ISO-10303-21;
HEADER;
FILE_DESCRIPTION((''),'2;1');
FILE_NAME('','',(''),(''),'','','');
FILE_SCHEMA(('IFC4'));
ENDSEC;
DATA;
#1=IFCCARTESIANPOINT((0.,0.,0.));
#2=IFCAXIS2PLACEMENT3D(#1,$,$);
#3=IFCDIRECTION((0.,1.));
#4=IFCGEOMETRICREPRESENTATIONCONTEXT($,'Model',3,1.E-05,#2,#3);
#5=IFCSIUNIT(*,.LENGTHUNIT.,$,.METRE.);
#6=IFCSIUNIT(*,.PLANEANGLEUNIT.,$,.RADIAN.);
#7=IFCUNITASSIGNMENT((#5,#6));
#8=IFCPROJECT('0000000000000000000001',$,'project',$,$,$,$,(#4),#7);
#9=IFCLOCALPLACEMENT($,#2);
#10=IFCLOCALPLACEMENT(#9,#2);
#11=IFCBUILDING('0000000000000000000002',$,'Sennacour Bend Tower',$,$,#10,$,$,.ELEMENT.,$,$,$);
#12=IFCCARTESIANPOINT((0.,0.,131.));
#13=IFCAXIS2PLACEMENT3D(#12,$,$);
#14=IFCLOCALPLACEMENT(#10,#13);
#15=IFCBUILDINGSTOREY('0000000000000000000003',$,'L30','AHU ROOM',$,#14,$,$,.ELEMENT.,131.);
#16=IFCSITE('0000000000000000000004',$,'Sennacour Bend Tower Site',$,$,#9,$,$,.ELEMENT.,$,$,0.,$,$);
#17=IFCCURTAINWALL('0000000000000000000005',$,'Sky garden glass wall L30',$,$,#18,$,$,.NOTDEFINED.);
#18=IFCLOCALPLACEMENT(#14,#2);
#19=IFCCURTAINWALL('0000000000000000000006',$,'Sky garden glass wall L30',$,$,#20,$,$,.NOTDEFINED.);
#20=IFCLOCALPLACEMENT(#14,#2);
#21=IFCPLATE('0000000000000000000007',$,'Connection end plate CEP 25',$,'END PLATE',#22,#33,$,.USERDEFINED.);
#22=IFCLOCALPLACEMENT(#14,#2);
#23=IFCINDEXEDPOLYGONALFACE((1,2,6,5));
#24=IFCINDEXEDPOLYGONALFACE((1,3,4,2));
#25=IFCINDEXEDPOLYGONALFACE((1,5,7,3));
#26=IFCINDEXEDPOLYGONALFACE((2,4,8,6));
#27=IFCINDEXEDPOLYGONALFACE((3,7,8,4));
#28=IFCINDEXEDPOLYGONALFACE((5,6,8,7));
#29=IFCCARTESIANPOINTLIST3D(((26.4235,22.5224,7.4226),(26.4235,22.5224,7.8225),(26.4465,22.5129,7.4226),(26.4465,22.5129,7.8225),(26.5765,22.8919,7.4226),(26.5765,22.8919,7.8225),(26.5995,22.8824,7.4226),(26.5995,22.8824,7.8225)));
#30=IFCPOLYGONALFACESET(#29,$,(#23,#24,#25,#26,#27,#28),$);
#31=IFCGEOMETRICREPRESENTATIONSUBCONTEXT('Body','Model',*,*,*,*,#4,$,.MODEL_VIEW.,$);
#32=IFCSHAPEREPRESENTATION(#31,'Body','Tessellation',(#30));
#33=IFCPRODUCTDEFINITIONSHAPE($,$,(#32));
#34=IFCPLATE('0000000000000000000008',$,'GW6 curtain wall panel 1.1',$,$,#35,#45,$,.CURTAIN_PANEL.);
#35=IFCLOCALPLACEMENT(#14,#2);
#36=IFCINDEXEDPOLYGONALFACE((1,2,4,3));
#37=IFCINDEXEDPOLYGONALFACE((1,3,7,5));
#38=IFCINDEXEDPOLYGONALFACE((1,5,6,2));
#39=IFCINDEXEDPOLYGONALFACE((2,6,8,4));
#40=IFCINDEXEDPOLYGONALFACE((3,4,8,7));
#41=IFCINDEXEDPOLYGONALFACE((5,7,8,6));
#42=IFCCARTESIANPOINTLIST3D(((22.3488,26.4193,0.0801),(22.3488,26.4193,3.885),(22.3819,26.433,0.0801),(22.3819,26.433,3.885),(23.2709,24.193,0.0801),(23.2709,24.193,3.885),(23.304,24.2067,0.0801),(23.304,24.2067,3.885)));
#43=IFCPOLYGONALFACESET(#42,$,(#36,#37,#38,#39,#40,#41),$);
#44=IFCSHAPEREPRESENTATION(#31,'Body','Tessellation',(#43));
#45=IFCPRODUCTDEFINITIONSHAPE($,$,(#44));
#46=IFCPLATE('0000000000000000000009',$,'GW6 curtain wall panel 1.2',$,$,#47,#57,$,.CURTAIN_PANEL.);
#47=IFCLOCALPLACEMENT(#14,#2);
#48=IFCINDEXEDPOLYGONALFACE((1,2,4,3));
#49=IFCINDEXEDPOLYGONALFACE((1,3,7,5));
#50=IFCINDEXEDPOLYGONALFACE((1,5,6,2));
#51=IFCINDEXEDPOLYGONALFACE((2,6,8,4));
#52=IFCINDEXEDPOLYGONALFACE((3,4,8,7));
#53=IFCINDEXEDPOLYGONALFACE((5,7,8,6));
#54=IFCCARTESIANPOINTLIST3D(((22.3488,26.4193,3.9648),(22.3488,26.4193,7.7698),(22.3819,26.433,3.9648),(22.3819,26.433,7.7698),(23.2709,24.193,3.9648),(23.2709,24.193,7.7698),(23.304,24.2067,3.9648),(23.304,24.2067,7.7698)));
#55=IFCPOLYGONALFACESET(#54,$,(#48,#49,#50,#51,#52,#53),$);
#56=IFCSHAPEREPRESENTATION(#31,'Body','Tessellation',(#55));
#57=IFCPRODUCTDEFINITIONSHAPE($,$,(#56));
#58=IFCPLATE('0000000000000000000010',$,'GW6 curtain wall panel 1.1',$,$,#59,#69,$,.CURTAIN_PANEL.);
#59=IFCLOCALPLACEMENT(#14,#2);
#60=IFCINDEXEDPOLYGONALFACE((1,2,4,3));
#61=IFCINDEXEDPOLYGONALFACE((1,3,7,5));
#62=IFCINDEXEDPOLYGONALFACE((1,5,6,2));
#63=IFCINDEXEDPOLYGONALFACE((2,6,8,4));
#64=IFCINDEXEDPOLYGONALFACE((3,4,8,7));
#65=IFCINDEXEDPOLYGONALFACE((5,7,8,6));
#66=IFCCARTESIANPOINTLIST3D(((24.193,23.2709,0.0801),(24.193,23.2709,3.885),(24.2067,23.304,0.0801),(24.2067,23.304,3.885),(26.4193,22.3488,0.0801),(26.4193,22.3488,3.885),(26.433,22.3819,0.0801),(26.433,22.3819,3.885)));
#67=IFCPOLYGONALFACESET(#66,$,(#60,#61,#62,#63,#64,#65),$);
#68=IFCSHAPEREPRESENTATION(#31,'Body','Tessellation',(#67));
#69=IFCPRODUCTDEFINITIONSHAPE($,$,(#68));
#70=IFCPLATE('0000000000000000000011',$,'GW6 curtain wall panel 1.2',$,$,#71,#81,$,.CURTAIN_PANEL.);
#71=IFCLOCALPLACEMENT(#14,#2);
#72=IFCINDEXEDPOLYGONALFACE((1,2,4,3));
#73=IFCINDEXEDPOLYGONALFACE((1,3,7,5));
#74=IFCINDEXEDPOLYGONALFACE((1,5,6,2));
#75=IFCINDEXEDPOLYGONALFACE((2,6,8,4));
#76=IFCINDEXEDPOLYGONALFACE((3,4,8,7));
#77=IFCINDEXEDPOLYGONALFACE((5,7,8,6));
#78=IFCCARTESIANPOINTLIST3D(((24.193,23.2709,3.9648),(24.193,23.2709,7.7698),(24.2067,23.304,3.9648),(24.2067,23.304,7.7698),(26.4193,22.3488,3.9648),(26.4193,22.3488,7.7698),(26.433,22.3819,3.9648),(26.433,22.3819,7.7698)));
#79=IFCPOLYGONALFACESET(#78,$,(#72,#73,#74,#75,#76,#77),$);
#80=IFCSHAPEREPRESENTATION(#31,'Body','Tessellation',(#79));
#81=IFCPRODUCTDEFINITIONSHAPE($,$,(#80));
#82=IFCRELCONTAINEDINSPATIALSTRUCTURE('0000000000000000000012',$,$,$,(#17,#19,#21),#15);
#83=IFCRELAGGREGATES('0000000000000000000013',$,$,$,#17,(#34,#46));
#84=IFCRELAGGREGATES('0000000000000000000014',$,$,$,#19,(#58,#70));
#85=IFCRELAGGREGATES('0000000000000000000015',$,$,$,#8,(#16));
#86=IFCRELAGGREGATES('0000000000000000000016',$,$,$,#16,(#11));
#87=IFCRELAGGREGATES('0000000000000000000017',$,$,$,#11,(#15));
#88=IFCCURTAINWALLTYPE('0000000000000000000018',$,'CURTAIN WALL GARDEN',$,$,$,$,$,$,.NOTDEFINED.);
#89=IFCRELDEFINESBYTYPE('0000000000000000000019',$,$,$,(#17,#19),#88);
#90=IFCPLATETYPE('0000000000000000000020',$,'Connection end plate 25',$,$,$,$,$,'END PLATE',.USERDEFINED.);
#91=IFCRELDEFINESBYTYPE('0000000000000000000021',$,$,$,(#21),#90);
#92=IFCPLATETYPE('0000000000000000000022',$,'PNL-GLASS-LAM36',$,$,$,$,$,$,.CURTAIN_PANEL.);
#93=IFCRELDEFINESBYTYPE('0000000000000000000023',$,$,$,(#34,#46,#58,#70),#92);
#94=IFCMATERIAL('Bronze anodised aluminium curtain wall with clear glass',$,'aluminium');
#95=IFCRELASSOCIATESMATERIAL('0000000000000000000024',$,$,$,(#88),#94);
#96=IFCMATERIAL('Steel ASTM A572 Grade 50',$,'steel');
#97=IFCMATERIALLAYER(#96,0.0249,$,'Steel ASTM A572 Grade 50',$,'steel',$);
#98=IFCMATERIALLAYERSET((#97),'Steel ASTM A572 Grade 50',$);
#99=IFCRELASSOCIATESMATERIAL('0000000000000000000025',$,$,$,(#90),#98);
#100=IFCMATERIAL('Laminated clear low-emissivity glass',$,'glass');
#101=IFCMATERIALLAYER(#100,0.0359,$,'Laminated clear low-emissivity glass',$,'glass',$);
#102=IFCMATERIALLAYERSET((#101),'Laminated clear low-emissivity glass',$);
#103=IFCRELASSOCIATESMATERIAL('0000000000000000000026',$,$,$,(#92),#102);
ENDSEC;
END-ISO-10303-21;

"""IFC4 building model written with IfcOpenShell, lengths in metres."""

from ifc_helpers import new_model, si_unit, direction, frame, origin, origin_2d, place, context, subcontext, project, spatial, rectangle, extrude, material, layer, layer_set, type_object, element, aggregate, save


model = new_model("IFC4")

# Units and contexts
model_context = context("Model", 3, precision=1e-05, world=origin(), true_north=direction((0.0, 1.0)))
body_context = subcontext(model_context, "Body", "Model", "MODEL_VIEW")
ifc_project = project(units=[si_unit("LENGTHUNIT", "METRE"), si_unit("PLANEANGLEUNIT", "RADIAN")], contexts=[model_context])

# Site, building, storey
site_placement = place(None, origin())
site = spatial("IfcSite", under=ifc_project, at=site_placement, Name="Sennacour Bend Tower Site", CompositionType="ELEMENT", RefElevation=0.0)
building_placement = place(site_placement, origin())
building = spatial("IfcBuilding", under=site, at=building_placement, Name="Sennacour Bend Tower", CompositionType="ELEMENT")
storey_placement = place(building_placement, frame((0.0, 0.0, 131.0)))
storey = spatial("IfcBuildingStorey", under=building, at=storey_placement, Name="L30", Description="AHU ROOM", CompositionType="ELEMENT", Elevation=131.0)

# Shared definitions
ifc_material_1 = material(Name="Steel ASTM A572 Grade 50", Category="steel")

# Curtain wall
ifc_material_2 = material(Name="Bronze anodised aluminium curtain wall with clear glass", Category="aluminium")
curtain_wall_type = type_object("IfcCurtainWallType", Name="CURTAIN WALL GARDEN", PredefinedType="NOTDEFINED", material=ifc_material_2)
curtain_wall_1_placement = place(storey_placement, origin())
curtain_wall_1 = element("IfcCurtainWall", 1, at=curtain_wall_1_placement, inside=storey, type_object=curtain_wall_type, Name="Sky garden glass wall L30", PredefinedType="NOTDEFINED")

# Curtain wall
curtain_wall_2_placement = place(storey_placement, origin())
curtain_wall_2 = element("IfcCurtainWall", 2, at=curtain_wall_2_placement, inside=storey, type_object=curtain_wall_type, Name="Sky garden glass wall L30", PredefinedType="NOTDEFINED")

# Plate
ifc_layer_1 = layer(ifc_material_1, 0.0249, Name="Steel ASTM A572 Grade 50", Category="steel")
ifc_layer_set_1 = layer_set([ifc_layer_1], Name="Steel ASTM A572 Grade 50")
plate_type_1 = type_object("IfcPlateType", Name="Connection end plate 25", ElementType="END PLATE", PredefinedType="USERDEFINED", material=ifc_layer_set_1)
for number, where, z_axis, x_axis, name in (
    (3, (26.5115, 22.7024, 7.4226), (0.0, 0.0, 1.0), (0.92388, -0.382683, 0.0), "Connection end plate CEP 25"),
):
    element("IfcPlate", number, at=place(storey_placement, frame(where, z_axis=z_axis, x_axis=x_axis)), inside=storey, type_object=plate_type_1, Name=name, ObjectType="END PLATE", PredefinedType="USERDEFINED", context=body_context, shape_type="SweptSolid", body=[
        extrude(rectangle(XDim=0.0249, YDim=0.3999, at=origin_2d()), origin(), (0.0, 0.0, 1.0), 0.3999),
    ])

# Plates
ifc_material_3 = material(Name="Laminated clear low-emissivity glass", Category="glass")
ifc_layer_2 = layer(ifc_material_3, 0.0359, Name="Laminated clear low-emissivity glass", Category="glass")
ifc_layer_set_2 = layer_set([ifc_layer_2], Name="Laminated clear low-emissivity glass")
plate_type_2 = type_object("IfcPlateType", Name="PNL-GLASS-LAM36", PredefinedType="CURTAIN_PANEL", material=ifc_layer_set_2)
plate_1_placement = place(storey_placement, frame((22.8264, 25.313, 0.0801), z_axis=(0.0, 0.0, 1.0), x_axis=(0.382669, -0.923885, 0.0)))
plate_1 = element("IfcPlate", 4, at=plate_1_placement, type_object=plate_type_2, Name="GW6 curtain wall panel 1.1", PredefinedType="CURTAIN_PANEL", context=body_context, shape_type="SweptSolid", body=[
    extrude(rectangle(XDim=2.4097, YDim=0.0359, at=origin_2d()), origin(), (0.0, 0.0, 1.0), 3.8049),
])
plate_2_placement = place(storey_placement, frame((22.8264, 25.313, 3.9648), z_axis=(0.0, 0.0, 1.0), x_axis=(0.382669, -0.923885, 0.0)))
plate_2 = element("IfcPlate", 5, at=plate_2_placement, type_object=plate_type_2, Name="GW6 curtain wall panel 1.2", PredefinedType="CURTAIN_PANEL", context=body_context, shape_type="SweptSolid", body=[
    extrude(rectangle(XDim=2.4097, YDim=0.0359, at=origin_2d()), origin(), (0.0, 0.0, 1.0), 3.8049),
])
aggregate(curtain_wall_1, [plate_1, plate_2])
plate_3_placement = place(storey_placement, frame((25.313, 22.8264, 0.0801), z_axis=(0.0, 0.0, 1.0), x_axis=(0.923885, -0.382669, 0.0)))
plate_3 = element("IfcPlate", 6, at=plate_3_placement, type_object=plate_type_2, Name="GW6 curtain wall panel 1.1", PredefinedType="CURTAIN_PANEL", context=body_context, shape_type="SweptSolid", body=[
    extrude(rectangle(XDim=2.4097, YDim=0.0359, at=origin_2d()), origin(), (0.0, 0.0, 1.0), 3.8049),
])
plate_4_placement = place(storey_placement, frame((25.313, 22.8264, 3.9648), z_axis=(0.0, 0.0, 1.0), x_axis=(0.923885, -0.382669, 0.0)))
plate_4 = element("IfcPlate", 7, at=plate_4_placement, type_object=plate_type_2, Name="GW6 curtain wall panel 1.2", PredefinedType="CURTAIN_PANEL", context=body_context, shape_type="SweptSolid", body=[
    extrude(rectangle(XDim=2.4097, YDim=0.0359, at=origin_2d()), origin(), (0.0, 0.0, 1.0), 3.8049),
])
aggregate(curtain_wall_2, [plate_3, plate_4])

save(model, "model.ifc")
